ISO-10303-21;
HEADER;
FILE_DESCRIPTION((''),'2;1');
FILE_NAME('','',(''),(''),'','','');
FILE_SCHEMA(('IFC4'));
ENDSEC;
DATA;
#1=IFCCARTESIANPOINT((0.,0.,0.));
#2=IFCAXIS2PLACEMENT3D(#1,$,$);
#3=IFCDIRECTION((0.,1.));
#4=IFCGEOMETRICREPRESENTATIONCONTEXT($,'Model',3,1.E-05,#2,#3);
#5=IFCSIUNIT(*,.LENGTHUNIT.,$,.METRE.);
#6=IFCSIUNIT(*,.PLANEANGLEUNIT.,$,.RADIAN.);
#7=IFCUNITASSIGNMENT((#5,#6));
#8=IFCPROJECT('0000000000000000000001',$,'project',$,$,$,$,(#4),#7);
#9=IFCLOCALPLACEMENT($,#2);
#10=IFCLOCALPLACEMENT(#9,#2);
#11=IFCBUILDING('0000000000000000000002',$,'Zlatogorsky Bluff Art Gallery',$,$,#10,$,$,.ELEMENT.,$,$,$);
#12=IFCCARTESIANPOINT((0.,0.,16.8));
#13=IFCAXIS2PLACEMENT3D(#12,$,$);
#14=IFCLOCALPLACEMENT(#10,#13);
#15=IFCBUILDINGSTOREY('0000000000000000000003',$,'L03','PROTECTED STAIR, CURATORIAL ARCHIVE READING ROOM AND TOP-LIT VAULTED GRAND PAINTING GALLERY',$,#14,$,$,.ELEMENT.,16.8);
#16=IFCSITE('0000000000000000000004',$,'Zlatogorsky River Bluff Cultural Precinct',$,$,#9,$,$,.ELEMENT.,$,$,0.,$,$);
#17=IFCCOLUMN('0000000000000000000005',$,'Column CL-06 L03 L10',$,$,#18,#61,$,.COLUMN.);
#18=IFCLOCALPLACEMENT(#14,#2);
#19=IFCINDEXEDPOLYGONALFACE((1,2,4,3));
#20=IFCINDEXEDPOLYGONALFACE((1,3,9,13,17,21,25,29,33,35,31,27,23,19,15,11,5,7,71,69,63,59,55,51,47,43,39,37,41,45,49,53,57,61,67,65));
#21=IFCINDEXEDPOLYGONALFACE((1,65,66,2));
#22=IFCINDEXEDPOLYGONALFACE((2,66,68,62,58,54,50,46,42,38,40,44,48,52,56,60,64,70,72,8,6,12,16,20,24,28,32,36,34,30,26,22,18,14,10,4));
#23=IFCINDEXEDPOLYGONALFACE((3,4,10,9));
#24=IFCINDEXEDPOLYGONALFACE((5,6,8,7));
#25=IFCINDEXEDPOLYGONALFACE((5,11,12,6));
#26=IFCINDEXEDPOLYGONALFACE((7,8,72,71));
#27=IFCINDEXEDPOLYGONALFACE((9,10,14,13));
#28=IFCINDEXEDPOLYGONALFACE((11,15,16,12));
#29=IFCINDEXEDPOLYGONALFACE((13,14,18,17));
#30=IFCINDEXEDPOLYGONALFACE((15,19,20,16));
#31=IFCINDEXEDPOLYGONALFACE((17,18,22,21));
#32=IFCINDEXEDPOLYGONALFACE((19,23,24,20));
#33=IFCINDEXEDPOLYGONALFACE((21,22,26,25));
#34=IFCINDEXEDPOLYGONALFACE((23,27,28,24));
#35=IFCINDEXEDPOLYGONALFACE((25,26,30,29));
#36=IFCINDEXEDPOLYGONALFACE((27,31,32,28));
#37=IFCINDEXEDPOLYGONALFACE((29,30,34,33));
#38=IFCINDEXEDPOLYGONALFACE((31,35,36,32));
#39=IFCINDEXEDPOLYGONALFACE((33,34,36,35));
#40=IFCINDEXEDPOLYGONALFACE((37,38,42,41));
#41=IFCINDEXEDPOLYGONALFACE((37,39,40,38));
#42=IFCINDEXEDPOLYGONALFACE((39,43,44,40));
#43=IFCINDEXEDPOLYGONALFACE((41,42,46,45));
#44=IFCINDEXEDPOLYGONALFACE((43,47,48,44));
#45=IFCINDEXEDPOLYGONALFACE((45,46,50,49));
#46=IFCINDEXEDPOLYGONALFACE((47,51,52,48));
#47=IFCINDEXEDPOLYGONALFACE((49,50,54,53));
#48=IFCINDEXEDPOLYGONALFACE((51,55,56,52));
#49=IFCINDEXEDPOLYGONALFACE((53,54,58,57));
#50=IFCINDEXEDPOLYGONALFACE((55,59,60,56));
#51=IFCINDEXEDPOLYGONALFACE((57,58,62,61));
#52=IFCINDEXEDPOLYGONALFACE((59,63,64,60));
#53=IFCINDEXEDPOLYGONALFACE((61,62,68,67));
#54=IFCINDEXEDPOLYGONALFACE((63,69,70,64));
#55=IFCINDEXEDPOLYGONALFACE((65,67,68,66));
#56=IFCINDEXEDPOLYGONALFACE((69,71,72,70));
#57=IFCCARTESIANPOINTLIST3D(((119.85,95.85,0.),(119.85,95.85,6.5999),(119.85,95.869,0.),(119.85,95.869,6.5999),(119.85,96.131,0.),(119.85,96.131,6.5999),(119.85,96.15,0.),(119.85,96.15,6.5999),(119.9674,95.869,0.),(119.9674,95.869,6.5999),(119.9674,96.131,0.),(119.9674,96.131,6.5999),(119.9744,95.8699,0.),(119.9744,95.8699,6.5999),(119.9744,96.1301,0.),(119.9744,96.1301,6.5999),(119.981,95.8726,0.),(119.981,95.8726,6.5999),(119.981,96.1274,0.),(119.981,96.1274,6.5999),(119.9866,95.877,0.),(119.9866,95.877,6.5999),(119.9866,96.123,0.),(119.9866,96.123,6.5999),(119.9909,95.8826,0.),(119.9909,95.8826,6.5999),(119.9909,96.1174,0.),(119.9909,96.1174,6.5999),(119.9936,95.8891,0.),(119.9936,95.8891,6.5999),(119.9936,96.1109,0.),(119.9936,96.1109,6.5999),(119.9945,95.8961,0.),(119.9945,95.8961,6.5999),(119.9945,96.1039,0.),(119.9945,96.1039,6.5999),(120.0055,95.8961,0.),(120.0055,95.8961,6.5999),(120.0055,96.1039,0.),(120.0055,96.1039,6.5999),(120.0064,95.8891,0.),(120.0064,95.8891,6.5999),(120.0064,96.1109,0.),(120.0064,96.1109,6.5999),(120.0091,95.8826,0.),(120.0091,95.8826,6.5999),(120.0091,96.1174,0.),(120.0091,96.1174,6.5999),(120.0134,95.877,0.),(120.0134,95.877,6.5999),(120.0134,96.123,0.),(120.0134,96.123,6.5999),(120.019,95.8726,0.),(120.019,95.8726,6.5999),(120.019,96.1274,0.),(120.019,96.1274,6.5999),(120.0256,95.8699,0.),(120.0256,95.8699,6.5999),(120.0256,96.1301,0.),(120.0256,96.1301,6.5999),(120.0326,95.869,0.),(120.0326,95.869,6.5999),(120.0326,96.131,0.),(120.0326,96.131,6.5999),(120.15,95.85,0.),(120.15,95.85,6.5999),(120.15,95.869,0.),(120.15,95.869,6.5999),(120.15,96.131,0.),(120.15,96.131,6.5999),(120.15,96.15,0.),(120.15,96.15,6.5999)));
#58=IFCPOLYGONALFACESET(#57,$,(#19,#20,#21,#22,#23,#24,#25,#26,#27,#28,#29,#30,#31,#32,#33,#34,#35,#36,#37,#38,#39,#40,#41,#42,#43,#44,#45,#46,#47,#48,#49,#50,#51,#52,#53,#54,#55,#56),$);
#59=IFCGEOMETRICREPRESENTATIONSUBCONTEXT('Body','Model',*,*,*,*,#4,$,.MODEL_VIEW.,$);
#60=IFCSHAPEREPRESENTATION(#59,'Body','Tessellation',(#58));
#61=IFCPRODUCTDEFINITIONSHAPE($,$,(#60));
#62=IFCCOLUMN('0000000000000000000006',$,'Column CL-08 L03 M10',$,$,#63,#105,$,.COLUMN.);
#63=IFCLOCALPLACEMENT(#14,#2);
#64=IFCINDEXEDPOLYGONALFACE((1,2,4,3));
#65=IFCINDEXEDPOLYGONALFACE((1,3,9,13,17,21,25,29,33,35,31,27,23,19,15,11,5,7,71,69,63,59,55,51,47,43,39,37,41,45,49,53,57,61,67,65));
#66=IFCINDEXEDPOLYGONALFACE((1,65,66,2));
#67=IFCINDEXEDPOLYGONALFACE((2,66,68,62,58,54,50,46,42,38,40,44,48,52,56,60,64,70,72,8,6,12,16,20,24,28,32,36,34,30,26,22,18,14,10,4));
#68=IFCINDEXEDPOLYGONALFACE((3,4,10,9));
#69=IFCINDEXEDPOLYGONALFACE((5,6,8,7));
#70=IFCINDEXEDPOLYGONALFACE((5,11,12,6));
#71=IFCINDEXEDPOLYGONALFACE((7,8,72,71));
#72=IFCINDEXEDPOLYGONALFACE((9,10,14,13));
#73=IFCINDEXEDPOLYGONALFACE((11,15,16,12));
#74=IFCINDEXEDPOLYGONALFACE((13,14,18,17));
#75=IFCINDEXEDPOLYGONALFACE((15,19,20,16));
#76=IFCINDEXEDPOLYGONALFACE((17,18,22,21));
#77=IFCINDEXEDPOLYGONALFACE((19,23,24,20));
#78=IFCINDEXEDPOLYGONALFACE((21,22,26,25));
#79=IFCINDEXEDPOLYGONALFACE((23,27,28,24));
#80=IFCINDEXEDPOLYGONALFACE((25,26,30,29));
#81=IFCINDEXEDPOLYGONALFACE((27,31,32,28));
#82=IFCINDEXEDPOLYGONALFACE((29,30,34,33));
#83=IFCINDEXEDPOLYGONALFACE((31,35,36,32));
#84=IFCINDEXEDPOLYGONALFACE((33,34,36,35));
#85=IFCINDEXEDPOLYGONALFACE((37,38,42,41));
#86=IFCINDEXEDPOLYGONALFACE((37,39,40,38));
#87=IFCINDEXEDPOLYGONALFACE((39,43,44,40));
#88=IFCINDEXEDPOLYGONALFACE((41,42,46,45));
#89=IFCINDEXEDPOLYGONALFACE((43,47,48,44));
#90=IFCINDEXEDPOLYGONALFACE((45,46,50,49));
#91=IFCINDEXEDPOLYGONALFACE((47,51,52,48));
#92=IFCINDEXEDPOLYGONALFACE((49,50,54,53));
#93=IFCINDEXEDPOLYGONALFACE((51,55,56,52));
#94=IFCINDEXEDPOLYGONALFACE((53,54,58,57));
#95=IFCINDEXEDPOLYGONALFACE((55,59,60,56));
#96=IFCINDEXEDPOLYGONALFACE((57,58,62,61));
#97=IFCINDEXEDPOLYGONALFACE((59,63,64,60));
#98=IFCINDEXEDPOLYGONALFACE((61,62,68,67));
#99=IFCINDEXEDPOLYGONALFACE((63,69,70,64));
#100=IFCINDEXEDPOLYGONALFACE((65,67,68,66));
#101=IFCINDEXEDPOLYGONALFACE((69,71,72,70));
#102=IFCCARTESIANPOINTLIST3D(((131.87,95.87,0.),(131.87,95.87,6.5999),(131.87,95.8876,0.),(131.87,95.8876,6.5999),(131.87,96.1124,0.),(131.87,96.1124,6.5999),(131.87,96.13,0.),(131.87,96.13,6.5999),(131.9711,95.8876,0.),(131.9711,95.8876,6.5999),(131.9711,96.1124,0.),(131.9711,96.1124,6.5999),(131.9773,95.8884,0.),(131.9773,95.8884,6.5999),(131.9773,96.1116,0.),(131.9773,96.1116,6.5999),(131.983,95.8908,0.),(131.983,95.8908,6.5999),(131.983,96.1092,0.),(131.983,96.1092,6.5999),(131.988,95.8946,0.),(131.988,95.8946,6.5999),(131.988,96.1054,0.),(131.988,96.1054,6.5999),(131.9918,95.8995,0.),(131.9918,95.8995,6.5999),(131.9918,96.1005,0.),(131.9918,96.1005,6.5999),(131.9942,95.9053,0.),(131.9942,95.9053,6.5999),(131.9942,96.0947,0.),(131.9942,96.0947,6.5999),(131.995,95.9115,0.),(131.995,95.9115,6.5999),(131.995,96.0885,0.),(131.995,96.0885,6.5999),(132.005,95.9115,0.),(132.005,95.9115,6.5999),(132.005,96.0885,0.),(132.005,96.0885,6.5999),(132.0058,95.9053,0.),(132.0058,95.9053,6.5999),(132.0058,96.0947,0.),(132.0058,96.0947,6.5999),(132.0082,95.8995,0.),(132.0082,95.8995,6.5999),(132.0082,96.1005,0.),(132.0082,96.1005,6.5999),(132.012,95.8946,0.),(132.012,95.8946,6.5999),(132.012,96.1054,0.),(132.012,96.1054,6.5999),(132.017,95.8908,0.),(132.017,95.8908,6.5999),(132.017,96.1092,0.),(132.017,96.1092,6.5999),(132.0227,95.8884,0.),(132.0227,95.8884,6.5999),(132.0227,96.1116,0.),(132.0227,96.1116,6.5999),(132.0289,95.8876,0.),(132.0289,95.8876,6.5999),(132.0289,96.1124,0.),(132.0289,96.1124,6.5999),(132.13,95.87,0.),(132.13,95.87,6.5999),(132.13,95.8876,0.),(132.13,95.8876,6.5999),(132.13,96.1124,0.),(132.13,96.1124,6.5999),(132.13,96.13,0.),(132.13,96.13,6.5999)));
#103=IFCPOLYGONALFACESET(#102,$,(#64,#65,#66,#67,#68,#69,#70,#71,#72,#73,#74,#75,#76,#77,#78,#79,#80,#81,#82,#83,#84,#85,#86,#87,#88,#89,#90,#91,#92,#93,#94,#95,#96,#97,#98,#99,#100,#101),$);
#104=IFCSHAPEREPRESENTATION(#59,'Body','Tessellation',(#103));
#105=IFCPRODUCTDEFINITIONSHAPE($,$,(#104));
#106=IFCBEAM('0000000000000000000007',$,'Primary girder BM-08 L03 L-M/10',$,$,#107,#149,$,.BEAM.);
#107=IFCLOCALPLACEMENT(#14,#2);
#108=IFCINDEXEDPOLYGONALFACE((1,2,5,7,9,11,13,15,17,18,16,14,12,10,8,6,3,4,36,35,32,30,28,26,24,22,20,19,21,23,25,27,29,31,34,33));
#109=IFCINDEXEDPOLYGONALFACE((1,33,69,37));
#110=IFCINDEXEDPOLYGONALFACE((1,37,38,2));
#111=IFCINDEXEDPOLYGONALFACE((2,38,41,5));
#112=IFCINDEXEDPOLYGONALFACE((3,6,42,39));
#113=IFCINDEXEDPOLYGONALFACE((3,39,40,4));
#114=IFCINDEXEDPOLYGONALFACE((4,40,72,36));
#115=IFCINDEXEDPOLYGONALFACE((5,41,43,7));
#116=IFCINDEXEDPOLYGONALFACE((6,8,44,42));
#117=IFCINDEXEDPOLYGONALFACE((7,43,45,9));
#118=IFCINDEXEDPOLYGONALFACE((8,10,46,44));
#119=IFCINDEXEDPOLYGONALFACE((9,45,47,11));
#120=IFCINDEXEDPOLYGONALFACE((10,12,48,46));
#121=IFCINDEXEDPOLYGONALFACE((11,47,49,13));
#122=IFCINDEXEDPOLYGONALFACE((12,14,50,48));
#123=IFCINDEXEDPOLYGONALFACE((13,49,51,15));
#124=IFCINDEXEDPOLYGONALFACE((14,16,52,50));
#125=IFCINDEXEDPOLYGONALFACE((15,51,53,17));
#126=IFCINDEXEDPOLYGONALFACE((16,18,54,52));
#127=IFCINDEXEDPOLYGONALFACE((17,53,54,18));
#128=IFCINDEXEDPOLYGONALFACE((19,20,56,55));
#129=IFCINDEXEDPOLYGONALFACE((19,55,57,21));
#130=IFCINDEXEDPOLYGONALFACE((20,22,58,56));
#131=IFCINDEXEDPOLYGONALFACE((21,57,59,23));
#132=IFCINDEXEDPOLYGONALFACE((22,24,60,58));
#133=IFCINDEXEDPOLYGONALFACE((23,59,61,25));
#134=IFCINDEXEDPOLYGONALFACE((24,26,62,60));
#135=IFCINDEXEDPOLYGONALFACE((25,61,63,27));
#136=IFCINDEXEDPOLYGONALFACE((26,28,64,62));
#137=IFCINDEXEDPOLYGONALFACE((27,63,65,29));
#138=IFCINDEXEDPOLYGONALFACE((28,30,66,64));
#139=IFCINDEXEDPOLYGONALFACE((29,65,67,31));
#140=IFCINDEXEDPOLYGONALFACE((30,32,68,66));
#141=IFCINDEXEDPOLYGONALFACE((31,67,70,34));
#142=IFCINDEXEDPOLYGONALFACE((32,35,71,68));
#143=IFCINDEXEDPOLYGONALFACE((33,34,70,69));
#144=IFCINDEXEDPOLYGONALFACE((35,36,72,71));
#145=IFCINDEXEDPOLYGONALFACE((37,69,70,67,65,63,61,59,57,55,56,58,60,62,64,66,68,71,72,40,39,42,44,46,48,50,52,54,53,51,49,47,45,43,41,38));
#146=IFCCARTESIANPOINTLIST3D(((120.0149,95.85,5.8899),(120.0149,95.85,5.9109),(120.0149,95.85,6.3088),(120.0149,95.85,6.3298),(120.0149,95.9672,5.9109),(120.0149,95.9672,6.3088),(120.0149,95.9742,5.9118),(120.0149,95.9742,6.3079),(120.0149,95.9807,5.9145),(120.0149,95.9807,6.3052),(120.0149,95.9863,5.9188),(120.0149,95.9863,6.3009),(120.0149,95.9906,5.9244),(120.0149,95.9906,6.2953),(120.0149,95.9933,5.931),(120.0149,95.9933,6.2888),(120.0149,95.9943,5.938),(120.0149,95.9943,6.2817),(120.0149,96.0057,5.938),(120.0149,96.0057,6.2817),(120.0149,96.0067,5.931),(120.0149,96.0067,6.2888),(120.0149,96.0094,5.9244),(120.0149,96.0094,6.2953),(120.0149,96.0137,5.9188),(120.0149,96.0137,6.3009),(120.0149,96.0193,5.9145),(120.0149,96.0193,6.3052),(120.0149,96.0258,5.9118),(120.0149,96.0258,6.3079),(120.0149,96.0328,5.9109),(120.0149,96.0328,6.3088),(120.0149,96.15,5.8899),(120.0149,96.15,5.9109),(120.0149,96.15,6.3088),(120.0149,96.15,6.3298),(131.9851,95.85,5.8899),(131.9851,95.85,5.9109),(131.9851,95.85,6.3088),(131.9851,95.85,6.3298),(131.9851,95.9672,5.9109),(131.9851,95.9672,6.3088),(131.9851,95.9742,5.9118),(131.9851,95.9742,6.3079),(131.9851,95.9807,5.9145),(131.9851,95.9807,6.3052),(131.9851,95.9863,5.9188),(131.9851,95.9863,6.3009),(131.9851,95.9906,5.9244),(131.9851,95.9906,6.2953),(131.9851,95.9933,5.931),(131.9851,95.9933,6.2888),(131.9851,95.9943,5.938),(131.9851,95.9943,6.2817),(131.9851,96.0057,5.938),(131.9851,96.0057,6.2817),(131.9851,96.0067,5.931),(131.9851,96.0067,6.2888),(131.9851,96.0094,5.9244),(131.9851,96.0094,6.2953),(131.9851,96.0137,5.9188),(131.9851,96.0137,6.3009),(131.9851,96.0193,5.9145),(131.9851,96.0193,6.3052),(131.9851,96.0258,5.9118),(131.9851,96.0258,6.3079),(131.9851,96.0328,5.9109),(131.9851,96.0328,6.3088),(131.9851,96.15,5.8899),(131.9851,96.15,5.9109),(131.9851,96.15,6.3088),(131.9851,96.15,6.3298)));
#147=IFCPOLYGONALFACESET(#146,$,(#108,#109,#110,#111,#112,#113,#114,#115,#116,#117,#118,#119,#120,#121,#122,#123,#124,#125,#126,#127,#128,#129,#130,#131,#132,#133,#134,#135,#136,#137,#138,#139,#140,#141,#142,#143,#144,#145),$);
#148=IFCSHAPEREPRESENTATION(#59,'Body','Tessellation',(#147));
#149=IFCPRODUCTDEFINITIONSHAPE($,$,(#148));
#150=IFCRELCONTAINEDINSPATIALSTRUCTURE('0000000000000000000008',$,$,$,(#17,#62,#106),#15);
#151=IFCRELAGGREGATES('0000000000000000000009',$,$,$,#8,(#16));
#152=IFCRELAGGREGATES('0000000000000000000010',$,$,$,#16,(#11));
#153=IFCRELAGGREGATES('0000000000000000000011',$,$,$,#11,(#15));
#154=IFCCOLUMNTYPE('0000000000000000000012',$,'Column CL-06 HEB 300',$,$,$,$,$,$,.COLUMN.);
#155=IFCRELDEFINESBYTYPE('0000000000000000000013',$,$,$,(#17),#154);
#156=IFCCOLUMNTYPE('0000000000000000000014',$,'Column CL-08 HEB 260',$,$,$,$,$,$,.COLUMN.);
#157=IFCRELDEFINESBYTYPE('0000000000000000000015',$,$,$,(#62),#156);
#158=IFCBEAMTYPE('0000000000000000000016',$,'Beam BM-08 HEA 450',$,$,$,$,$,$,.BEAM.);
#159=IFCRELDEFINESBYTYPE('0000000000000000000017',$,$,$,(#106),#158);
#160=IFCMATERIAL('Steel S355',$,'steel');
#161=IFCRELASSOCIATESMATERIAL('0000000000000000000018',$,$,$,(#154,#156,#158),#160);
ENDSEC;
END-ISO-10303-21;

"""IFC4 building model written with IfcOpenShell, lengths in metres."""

from ifc_helpers import new_model, si_unit, direction, frame, origin, origin_2d, place, context, subcontext, project, spatial, i_section, extrude, material, material_profile, profile_set, type_object, element, save


model = new_model("IFC4")

# Units and contexts
model_context = context("Model", 3, precision=1e-05, world=origin(), true_north=direction((0.0, 1.0)))
body_context = subcontext(model_context, "Body", "Model", "MODEL_VIEW")
ifc_project = project(units=[si_unit("LENGTHUNIT", "METRE"), si_unit("PLANEANGLEUNIT", "RADIAN")], contexts=[model_context])

# Site, building, storey
site_placement = place(None, origin())
site = spatial("IfcSite", under=ifc_project, at=site_placement, Name="Zlatogorsky River Bluff Cultural Precinct", CompositionType="ELEMENT", RefElevation=0.0)
building_placement = place(site_placement, origin())
building = spatial("IfcBuilding", under=site, at=building_placement, Name="Zlatogorsky Bluff Art Gallery", CompositionType="ELEMENT")
storey_placement = place(building_placement, frame((0.0, 0.0, 16.8)))
storey = spatial("IfcBuildingStorey", under=building, at=storey_placement, Name="L03", Description="PROTECTED STAIR, CURATORIAL ARCHIVE READING ROOM AND TOP-LIT VAULTED GRAND PAINTING GALLERY", CompositionType="ELEMENT", Elevation=16.8)

# Columns
ifc_material_1 = material(Name="Steel S355", Category="steel")
ifc_material_profile_1 = material_profile(ifc_material_1, i_section(OverallWidth=0.3, OverallDepth=0.3, WebThickness=0.011, FlangeThickness=0.019, FilletRadius=0.0271, at=origin_2d()), Name="HEB 300")
ifc_profile_set_1 = profile_set([ifc_material_profile_1], Name="Steel S355")
column_type_1 = type_object("IfcColumnType", Name="Column CL-06 HEB 300", PredefinedType="COLUMN", material=ifc_profile_set_1)
column_1_placement = place(storey_placement, frame((120.0, 96.0, 0.0), z_axis=(0.0, 0.0, 1.0), x_axis=(1.0, 0.0, 0.0)))
element("IfcColumn", 1, at=column_1_placement, inside=storey, type_object=column_type_1, Name="Column CL-06 L03 L10", PredefinedType="COLUMN", context=body_context, shape_type="SweptSolid", body=[
    extrude(i_section(OverallWidth=0.3, OverallDepth=0.3, WebThickness=0.011, FlangeThickness=0.019, FilletRadius=0.0271, at=origin_2d()), origin(), (0.0, 0.0, 1.0), 6.5999),
])
ifc_material_profile_2 = material_profile(ifc_material_1, i_section(OverallWidth=0.26, OverallDepth=0.26, WebThickness=0.01, FlangeThickness=0.0176, FilletRadius=0.0239, at=origin_2d()), Name="HEB 260")
ifc_profile_set_2 = profile_set([ifc_material_profile_2], Name="Steel S355")
column_type_2 = type_object("IfcColumnType", Name="Column CL-08 HEB 260", PredefinedType="COLUMN", material=ifc_profile_set_2)
column_2_placement = place(storey_placement, frame((132.0, 96.0, 0.0), z_axis=(0.0, 0.0, 1.0), x_axis=(1.0, 0.0, 0.0)))
element("IfcColumn", 2, at=column_2_placement, inside=storey, type_object=column_type_2, Name="Column CL-08 L03 M10", PredefinedType="COLUMN", context=body_context, shape_type="SweptSolid", body=[
    extrude(i_section(OverallWidth=0.26, OverallDepth=0.26, WebThickness=0.01, FlangeThickness=0.0176, FilletRadius=0.0239, at=origin_2d()), origin(), (0.0, 0.0, 1.0), 6.5999),
])

# Beam
ifc_material_profile_3 = material_profile(ifc_material_1, i_section(OverallWidth=0.3, OverallDepth=0.4399, WebThickness=0.0115, FlangeThickness=0.021, FilletRadius=0.0271, at=origin_2d()), Name="HEA 450")
ifc_profile_set_3 = profile_set([ifc_material_profile_3], Name="Steel S355")
beam_type_1 = type_object("IfcBeamType", Name="Beam BM-08 HEA 450", PredefinedType="BEAM", material=ifc_profile_set_3)
beam_placement = place(storey_placement, frame((120.0149, 96.0, 6.1099), z_axis=(1.0, 0.0, 0.0), x_axis=(0.0, 1.0, 0.0)))
element("IfcBeam", 3, at=beam_placement, inside=storey, type_object=beam_type_1, Name="Primary girder BM-08 L03 L-M/10", PredefinedType="BEAM", context=body_context, shape_type="SweptSolid", body=[
    extrude(i_section(OverallWidth=0.3, OverallDepth=0.4399, WebThickness=0.0115, FlangeThickness=0.021, FilletRadius=0.0271, at=origin_2d()), origin(), (0.0, 0.0, 1.0), 11.9702),
])

save(model, "model.ifc")
